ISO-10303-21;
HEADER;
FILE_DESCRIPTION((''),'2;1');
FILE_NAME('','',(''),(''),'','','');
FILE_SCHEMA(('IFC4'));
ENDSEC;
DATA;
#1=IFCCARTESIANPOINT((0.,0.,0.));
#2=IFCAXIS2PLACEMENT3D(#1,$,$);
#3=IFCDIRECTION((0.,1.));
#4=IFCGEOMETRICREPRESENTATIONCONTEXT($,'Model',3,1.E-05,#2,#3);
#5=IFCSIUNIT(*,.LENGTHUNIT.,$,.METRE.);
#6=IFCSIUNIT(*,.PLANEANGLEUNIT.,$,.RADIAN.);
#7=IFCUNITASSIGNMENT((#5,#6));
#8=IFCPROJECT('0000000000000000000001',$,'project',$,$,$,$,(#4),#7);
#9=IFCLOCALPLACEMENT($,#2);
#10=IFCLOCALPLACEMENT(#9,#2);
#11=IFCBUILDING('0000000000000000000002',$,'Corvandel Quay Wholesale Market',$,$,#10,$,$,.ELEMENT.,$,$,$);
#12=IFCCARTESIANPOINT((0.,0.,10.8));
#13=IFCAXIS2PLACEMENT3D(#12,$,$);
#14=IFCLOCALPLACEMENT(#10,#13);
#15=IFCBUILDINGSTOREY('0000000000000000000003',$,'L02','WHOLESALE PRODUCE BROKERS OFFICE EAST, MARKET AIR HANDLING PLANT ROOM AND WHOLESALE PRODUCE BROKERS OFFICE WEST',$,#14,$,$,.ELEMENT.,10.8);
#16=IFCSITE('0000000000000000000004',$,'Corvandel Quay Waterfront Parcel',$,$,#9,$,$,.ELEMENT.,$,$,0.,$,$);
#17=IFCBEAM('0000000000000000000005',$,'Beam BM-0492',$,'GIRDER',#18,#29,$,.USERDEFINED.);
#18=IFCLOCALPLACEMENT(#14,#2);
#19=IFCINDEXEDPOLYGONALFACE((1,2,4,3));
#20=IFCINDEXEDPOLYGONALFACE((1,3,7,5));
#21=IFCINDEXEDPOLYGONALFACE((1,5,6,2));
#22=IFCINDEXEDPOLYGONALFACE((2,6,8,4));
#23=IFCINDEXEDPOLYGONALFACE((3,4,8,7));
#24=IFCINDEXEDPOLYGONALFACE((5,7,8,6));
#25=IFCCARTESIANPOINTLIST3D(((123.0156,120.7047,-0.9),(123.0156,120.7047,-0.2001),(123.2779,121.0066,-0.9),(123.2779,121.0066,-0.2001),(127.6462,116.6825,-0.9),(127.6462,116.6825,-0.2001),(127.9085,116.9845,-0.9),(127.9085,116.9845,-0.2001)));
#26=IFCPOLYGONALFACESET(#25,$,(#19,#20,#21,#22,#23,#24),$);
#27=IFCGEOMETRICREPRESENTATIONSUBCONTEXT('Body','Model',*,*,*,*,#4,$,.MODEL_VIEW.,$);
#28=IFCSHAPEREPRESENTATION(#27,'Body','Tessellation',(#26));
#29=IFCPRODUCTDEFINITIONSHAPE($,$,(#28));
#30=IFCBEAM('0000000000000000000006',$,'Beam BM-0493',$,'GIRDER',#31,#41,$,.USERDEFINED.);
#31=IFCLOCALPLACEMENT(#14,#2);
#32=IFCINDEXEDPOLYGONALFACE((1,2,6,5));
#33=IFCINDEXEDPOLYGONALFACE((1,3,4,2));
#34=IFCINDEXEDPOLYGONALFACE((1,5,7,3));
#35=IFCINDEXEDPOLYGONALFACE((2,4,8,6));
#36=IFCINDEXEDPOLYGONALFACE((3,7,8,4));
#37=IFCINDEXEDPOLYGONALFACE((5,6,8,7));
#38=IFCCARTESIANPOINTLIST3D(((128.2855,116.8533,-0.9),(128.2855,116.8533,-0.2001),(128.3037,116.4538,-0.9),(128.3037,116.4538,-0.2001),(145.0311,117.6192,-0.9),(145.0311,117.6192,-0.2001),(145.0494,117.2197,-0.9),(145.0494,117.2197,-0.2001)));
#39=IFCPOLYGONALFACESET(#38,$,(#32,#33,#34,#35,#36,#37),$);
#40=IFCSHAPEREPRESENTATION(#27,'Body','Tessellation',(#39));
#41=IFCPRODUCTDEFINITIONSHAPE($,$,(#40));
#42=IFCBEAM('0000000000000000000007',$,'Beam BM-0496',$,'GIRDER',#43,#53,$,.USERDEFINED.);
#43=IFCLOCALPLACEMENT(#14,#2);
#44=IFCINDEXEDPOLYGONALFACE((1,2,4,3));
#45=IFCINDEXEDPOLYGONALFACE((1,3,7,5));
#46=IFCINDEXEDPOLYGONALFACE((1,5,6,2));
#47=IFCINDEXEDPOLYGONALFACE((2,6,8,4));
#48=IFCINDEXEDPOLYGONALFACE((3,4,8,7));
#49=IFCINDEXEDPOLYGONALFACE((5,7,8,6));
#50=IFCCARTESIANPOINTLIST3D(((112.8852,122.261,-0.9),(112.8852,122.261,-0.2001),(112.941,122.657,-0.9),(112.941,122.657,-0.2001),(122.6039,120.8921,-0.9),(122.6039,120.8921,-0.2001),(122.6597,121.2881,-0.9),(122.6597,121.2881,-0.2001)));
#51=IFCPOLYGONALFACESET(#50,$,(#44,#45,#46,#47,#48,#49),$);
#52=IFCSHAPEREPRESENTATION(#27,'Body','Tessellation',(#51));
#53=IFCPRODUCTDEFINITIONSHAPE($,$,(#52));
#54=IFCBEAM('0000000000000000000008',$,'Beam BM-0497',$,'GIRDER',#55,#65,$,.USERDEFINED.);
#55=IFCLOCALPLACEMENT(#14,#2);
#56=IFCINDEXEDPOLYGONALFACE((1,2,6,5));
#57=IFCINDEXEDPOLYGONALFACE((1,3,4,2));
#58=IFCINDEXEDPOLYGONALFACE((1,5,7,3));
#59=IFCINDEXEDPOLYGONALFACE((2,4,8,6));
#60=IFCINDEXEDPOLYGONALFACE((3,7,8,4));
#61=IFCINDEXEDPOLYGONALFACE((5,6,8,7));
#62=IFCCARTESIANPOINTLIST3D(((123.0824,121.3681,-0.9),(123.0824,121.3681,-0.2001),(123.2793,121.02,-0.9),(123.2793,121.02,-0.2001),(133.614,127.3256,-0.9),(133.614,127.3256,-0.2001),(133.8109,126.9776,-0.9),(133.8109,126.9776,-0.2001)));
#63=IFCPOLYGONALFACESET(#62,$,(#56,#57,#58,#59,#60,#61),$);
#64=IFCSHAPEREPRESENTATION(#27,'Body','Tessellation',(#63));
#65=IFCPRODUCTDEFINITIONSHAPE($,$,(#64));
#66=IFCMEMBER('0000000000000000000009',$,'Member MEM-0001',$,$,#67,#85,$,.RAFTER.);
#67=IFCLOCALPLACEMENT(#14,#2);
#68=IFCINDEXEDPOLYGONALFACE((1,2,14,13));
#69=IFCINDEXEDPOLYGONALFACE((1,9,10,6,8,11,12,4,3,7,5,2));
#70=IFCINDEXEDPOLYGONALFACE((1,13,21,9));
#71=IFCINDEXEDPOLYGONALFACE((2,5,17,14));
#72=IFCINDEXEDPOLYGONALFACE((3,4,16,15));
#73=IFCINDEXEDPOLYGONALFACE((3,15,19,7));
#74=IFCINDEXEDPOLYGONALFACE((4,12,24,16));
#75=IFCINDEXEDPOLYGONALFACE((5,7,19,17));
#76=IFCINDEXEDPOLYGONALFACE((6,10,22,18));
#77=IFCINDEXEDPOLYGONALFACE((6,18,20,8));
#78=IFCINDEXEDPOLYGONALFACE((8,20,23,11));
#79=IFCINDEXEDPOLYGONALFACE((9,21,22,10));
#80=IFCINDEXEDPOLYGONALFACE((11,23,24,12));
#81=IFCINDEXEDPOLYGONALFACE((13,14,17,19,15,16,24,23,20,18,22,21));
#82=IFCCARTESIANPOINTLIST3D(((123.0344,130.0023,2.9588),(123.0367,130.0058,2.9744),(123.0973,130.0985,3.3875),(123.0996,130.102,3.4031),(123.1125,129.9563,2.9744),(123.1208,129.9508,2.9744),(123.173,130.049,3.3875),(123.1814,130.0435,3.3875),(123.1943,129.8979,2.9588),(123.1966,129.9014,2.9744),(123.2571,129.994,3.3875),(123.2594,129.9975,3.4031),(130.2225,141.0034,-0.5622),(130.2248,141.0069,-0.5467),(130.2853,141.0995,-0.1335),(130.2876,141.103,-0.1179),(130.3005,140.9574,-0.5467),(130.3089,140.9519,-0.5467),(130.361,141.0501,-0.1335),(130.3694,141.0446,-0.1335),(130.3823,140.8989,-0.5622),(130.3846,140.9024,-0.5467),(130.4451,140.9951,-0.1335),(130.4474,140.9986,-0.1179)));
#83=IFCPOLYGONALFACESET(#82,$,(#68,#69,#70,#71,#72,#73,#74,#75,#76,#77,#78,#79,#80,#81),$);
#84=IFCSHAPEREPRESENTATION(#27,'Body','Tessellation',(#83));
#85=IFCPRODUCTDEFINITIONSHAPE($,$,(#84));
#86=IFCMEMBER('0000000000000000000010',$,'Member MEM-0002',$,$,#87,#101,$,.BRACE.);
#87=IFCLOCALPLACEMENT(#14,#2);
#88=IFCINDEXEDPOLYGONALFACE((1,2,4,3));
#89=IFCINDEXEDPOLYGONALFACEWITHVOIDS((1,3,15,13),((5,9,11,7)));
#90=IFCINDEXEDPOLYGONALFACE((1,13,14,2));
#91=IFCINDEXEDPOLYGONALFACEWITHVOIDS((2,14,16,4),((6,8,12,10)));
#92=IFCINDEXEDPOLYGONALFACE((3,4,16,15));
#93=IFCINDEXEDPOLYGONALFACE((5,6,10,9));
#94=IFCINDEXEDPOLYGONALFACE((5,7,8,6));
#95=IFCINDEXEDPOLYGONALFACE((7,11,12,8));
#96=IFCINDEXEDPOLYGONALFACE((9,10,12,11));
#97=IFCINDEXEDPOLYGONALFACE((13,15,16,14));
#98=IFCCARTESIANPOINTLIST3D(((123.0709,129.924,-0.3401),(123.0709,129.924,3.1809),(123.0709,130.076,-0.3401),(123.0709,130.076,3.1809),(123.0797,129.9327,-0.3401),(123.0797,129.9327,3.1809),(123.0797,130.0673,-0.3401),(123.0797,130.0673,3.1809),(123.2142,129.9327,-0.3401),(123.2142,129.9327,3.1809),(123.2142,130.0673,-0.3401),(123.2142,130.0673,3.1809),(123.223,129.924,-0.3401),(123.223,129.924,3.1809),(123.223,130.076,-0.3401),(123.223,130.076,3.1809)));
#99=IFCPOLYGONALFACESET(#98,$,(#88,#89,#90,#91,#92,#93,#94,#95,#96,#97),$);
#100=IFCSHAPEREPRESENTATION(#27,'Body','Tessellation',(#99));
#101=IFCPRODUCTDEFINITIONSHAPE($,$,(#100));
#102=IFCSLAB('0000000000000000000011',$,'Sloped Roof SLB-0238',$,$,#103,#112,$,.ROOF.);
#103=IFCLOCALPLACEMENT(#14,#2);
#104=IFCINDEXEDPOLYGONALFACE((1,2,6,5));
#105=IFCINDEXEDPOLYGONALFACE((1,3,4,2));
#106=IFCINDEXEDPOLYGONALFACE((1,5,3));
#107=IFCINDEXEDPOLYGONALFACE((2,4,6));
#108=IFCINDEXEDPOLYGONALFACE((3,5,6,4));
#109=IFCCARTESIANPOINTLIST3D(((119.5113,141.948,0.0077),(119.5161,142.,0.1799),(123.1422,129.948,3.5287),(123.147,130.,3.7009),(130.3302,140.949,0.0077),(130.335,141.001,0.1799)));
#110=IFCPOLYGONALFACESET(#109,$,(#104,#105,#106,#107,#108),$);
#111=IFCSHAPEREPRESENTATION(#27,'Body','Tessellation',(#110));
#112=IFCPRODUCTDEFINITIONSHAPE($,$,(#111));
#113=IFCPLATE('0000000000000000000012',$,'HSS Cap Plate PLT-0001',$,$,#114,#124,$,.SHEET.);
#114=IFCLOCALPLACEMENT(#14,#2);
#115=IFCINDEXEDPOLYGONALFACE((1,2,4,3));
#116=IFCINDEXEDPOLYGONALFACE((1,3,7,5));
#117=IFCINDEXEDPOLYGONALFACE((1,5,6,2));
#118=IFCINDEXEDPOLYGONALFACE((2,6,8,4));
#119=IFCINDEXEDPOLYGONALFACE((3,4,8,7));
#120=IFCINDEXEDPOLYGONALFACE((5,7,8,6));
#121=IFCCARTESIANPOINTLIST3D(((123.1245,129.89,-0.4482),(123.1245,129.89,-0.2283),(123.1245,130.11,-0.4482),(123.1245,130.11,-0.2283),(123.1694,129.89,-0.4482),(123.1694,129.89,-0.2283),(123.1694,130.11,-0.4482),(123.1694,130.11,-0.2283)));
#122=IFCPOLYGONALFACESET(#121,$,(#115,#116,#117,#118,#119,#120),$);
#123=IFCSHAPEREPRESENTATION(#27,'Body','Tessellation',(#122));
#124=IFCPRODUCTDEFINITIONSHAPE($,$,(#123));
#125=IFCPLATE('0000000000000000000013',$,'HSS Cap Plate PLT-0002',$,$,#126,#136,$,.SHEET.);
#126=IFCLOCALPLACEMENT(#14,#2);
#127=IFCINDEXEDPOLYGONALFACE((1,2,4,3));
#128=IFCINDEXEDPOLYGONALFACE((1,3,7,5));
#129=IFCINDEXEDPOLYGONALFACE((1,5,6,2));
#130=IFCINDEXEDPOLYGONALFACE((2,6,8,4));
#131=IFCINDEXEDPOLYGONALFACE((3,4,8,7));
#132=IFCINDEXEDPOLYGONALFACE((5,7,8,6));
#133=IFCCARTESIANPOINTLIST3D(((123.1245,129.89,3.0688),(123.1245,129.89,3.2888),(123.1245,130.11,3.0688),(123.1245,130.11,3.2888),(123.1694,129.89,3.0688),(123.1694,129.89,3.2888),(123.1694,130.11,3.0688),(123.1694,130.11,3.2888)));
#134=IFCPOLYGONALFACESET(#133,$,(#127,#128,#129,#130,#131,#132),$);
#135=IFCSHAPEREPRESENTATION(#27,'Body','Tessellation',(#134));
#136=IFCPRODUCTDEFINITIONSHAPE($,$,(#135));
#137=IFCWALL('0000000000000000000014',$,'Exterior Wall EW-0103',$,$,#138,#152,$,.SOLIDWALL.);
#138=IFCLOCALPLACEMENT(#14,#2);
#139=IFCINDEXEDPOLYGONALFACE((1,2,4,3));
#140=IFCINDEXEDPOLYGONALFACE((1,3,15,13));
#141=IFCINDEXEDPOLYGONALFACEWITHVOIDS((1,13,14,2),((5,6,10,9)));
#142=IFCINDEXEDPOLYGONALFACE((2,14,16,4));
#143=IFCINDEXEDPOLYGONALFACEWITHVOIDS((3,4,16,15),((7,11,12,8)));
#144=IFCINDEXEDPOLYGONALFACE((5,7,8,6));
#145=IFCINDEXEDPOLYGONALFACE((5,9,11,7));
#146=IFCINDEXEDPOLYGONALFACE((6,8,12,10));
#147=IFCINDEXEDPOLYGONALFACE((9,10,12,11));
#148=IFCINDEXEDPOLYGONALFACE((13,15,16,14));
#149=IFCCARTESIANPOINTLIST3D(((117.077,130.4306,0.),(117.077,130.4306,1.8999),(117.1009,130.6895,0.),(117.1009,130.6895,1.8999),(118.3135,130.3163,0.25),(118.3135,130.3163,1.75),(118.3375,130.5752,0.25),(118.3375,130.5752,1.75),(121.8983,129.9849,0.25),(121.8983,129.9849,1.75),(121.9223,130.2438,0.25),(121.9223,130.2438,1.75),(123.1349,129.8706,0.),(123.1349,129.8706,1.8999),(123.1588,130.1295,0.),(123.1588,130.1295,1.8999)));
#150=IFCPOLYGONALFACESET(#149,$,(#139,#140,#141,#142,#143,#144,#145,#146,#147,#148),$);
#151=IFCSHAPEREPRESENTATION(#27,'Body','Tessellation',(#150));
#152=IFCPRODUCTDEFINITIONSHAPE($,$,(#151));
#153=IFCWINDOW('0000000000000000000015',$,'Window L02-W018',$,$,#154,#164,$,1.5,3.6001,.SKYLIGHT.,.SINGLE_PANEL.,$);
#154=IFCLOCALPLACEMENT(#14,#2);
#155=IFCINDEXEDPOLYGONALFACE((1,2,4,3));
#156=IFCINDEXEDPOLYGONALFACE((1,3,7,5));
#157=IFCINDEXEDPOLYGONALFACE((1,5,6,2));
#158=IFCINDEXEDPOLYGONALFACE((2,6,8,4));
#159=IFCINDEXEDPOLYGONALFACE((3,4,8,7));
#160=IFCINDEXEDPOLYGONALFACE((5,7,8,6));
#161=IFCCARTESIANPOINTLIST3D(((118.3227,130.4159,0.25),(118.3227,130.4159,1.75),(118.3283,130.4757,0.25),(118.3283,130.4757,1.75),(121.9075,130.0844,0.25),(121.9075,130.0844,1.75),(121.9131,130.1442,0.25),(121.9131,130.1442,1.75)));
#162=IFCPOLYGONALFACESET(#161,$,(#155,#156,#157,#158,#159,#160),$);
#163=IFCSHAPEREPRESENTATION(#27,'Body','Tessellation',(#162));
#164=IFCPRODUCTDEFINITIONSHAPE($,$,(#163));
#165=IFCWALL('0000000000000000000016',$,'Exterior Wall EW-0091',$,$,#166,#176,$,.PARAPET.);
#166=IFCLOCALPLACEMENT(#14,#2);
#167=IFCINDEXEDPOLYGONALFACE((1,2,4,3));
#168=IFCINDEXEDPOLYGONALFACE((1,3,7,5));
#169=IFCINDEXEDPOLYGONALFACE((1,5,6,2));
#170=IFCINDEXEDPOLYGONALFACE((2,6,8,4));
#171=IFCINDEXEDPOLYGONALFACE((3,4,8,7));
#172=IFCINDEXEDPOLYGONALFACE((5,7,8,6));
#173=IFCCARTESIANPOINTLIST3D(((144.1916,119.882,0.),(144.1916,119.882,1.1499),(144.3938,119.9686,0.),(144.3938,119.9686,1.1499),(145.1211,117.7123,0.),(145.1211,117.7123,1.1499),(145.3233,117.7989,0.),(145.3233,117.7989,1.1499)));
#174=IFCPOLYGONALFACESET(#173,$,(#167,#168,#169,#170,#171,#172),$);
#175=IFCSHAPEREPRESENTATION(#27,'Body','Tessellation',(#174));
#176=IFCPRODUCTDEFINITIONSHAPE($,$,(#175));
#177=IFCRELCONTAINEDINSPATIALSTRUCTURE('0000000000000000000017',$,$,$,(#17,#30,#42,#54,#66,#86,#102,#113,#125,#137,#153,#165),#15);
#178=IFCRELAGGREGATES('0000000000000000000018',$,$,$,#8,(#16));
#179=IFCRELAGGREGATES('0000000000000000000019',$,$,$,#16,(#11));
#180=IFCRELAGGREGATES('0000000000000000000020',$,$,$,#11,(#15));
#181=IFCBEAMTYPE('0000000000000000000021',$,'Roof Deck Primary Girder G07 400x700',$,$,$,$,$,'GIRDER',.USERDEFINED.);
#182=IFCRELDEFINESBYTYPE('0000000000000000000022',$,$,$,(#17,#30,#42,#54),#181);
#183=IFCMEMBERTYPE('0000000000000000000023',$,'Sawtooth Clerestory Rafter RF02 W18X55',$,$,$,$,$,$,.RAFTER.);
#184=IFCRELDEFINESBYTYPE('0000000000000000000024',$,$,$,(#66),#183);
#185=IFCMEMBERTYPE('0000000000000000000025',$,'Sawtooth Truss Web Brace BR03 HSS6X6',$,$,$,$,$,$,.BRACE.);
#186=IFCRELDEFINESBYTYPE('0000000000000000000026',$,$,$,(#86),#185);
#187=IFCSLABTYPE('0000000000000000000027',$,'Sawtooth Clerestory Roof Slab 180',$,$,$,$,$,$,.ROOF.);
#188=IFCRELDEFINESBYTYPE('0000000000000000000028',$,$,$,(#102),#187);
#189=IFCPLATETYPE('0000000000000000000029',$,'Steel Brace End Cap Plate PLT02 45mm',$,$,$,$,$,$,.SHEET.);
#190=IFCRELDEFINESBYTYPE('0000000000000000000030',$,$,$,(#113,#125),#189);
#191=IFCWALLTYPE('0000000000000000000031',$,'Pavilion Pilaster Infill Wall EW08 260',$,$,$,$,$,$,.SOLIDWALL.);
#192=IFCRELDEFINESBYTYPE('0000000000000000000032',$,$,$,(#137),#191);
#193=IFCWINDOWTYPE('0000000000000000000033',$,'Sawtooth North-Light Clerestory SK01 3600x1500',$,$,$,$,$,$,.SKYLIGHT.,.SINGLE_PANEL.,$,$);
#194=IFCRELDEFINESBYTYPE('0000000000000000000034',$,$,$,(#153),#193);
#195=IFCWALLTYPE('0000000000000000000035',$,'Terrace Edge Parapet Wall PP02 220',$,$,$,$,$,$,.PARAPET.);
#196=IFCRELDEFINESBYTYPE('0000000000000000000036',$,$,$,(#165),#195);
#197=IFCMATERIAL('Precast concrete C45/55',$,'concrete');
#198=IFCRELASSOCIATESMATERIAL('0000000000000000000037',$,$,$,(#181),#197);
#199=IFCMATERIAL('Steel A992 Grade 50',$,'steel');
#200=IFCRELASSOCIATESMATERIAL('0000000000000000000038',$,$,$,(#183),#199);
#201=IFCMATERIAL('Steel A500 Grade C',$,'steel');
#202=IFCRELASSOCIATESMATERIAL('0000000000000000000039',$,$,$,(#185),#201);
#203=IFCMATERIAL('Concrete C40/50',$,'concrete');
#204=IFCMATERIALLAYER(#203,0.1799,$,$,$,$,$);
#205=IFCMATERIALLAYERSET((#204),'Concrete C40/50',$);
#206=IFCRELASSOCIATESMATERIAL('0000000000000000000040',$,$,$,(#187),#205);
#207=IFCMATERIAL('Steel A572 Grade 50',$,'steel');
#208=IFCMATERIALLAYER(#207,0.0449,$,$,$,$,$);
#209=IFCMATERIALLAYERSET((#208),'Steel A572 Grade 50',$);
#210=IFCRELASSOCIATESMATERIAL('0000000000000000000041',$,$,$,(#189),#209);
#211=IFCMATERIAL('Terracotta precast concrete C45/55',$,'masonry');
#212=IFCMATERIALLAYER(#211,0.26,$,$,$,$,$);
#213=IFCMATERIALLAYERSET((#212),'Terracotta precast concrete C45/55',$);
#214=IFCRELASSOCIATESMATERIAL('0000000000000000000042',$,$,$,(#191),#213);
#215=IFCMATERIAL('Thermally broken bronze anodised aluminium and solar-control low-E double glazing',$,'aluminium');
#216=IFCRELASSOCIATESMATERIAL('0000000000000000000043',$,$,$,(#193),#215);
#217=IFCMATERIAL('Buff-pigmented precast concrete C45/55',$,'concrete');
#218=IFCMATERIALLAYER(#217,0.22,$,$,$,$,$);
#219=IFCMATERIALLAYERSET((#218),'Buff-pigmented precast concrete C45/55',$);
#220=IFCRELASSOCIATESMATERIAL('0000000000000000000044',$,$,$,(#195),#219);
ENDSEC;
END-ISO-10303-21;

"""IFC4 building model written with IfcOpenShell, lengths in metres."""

from ifc_helpers import new_model, si_unit, direction, frame, frame_2d, origin, origin_2d, place, context, subcontext, project, spatial, polyline, rectangle, hollow_rectangle, i_section, outline, extrude, material, layer, layer_set, material_profile, profile_set, type_object, element, fill, save


model = new_model("IFC4")

# Units and contexts
model_context = context("Model", 3, precision=1e-05, world=origin(), true_north=direction((0.0, 1.0)))
body_context = subcontext(model_context, "Body", "Model", "MODEL_VIEW")
ifc_project = project(units=[si_unit("LENGTHUNIT", "METRE"), si_unit("PLANEANGLEUNIT", "RADIAN")], contexts=[model_context])

# Site, building, storey
site_placement = place(None, origin())
site = spatial("IfcSite", under=ifc_project, at=site_placement, Name="Corvandel Quay Waterfront Parcel", CompositionType="ELEMENT", RefElevation=0.0)
building_placement = place(site_placement, origin())
building = spatial("IfcBuilding", under=site, at=building_placement, Name="Corvandel Quay Wholesale Market", CompositionType="ELEMENT")
storey_placement = place(building_placement, frame((0.0, 0.0, 10.8)))
storey = spatial("IfcBuildingStorey", under=building, at=storey_placement, Name="L02", Description="WHOLESALE PRODUCE BROKERS OFFICE EAST, MARKET AIR HANDLING PLANT ROOM AND WHOLESALE PRODUCE BROKERS OFFICE WEST", CompositionType="ELEMENT", Elevation=10.8)

# Shared definitions
ifc_material_1 = material(Name="Precast concrete C45/55", Category="concrete")

# Shared definitions
ifc_material_2 = material(Name="Steel A992 Grade 50", Category="steel")

# Beams
ifc_material_profile_1 = material_profile(ifc_material_1, rectangle(XDim=0.3999, YDim=0.7, at=origin_2d()), Name="PC-GIR-400x700")
ifc_profile_set_1 = profile_set([ifc_material_profile_1], Name="Precast concrete C45/55")
beam_type_1 = type_object("IfcBeamType", Name="Roof Deck Primary Girder G07 400x700", ElementType="GIRDER", PredefinedType="USERDEFINED", material=ifc_profile_set_1)
beam_1_placement = place(storey_placement, frame((127.7773, 116.8335, -0.55), z_axis=(-0.754961, 0.65577, 0.0), x_axis=(-0.65577, -0.754961, 0.0)))
element("IfcBeam", 1, at=beam_1_placement, inside=storey, type_object=beam_type_1, Name="Beam BM-0492", ObjectType="GIRDER", PredefinedType="USERDEFINED", context=body_context, shape_type="SweptSolid", body=[
    extrude(rectangle(XDim=0.3999, YDim=0.7, at=origin_2d()), origin(), (0.0, 0.0, 1.0), 6.1335),
])
beam_2_placement = place(storey_placement, frame((145.0403, 117.4194, -0.55), z_axis=(-0.998956, -0.045688, 0.0), x_axis=(0.045688, -0.998956, 0.0)))
element("IfcBeam", 2, at=beam_2_placement, inside=storey, type_object=beam_type_1, Name="Beam BM-0493", ObjectType="GIRDER", PredefinedType="USERDEFINED", context=body_context, shape_type="SweptSolid", body=[
    extrude(rectangle(XDim=0.3999, YDim=0.7, at=origin_2d()), origin(), (0.0, 0.0, 1.0), 16.7632),
])
beam_3_placement = place(storey_placement, frame((122.6318, 121.0901, -0.55), z_axis=(-0.990226, 0.139474, 0.0), x_axis=(-0.139474, -0.990226, 0.0)))
element("IfcBeam", 3, at=beam_3_placement, inside=storey, type_object=beam_type_1, Name="Beam BM-0496", ObjectType="GIRDER", PredefinedType="USERDEFINED", context=body_context, shape_type="SweptSolid", body=[
    extrude(rectangle(XDim=0.3999, YDim=0.7, at=origin_2d()), origin(), (0.0, 0.0, 1.0), 9.8147),
])
beam_4_placement = place(storey_placement, frame((133.7124, 127.1516, -0.55), z_axis=(-0.870388, -0.492366, 0.0), x_axis=(0.492366, -0.870388, 0.0)))
element("IfcBeam", 4, at=beam_4_placement, inside=storey, type_object=beam_type_1, Name="Beam BM-0497", ObjectType="GIRDER", PredefinedType="USERDEFINED", context=body_context, shape_type="SweptSolid", body=[
    extrude(rectangle(XDim=0.3999, YDim=0.7, at=origin_2d()), origin(), (0.0, 0.0, 1.0), 12.0999),
])

# Members
ifc_material_profile_2 = material_profile(ifc_material_2, i_section(OverallWidth=0.1909, OverallDepth=0.46, WebThickness=0.01, FlangeThickness=0.0161, at=origin_2d()), Name="W18X55")
ifc_profile_set_2 = profile_set([ifc_material_profile_2], Name="Steel A992 Grade 50")
member_type_1 = type_object("IfcMemberType", Name="Sawtooth Clerestory Rafter RF02 W18X55", PredefinedType="RAFTER", material=ifc_profile_set_2)
member_1_placement = place(storey_placement, frame((130.335, 141.001, -0.3401), z_axis=(-0.528349, -0.80862, 0.258809), x_axis=(0.837142, -0.546985, 0.0)))
element("IfcMember", 5, at=member_1_placement, inside=storey, type_object=member_type_1, Name="Member MEM-0001", PredefinedType="RAFTER", context=body_context, shape_type="SweptSolid", body=[
    extrude(i_section(OverallWidth=0.1909, OverallDepth=0.46, WebThickness=0.01, FlangeThickness=0.0161, at=origin_2d()), origin(), (0.0, 0.0, 1.0), 13.6047),
])
ifc_material_3 = material(Name="Steel A500 Grade C", Category="steel")
ifc_material_profile_3 = material_profile(ifc_material_3, hollow_rectangle(XDim=0.1521, YDim=0.1521, WallThickness=0.0088, at=origin_2d()), Name="HSS6X6X3/8")
ifc_profile_set_3 = profile_set([ifc_material_profile_3], Name="Steel A500 Grade C")
member_type_2 = type_object("IfcMemberType", Name="Sawtooth Truss Web Brace BR03 HSS6X6", PredefinedType="BRACE", material=ifc_profile_set_3)
member_2_placement = place(storey_placement, frame((123.147, 130.0, -0.3401), z_axis=(0.0, 0.0, 1.0), x_axis=(1.0, 0.0, 0.0)))
element("IfcMember", 6, at=member_2_placement, inside=storey, type_object=member_type_2, Name="Member MEM-0002", PredefinedType="BRACE", context=body_context, shape_type="SweptSolid", body=[
    extrude(hollow_rectangle(XDim=0.1521, YDim=0.1521, WallThickness=0.0088, at=origin_2d()), origin(), (0.0, 0.0, 1.0), 3.521),
])

# Slab
ifc_material_4 = material(Name="Concrete C40/50", Category="concrete")
ifc_layer_1 = layer(ifc_material_4, 0.1799)
ifc_layer_set_1 = layer_set([ifc_layer_1], Name="Concrete C40/50")
slab_type = type_object("IfcSlabType", Name="Sawtooth Clerestory Roof Slab 180", PredefinedType="ROOF", material=ifc_layer_set_1)
slab_placement = place(storey_placement, frame((130.335, 141.001, 0.1799), z_axis=(0.026675, 0.288869, 0.956997), x_axis=(-0.995764, 0.09195, 0.0)))
element("IfcSlab", 7, at=slab_placement, inside=storey, type_object=slab_type, Name="Sloped Roof SLB-0238", PredefinedType="ROOF", context=body_context, shape_type="SweptSolid", body=[
    extrude(outline(polyline([(0.0, 0.0), (10.8649, 0.0), (6.146, 12.1372), (0.0, 0.0)])), origin(), (0.0, 0.0, -1.0), 0.1799),
])

# Plates
ifc_material_5 = material(Name="Steel A572 Grade 50", Category="steel")
ifc_layer_2 = layer(ifc_material_5, 0.0449)
ifc_layer_set_2 = layer_set([ifc_layer_2], Name="Steel A572 Grade 50")
plate_type = type_object("IfcPlateType", Name="Steel Brace End Cap Plate PLT02 45mm", PredefinedType="SHEET", material=ifc_layer_set_2)
for number, where, z_axis, x_axis, name in (
    (8, (123.147, 130.0, -0.4482), (0.0, 0.0, 1.0), (0.0, 1.0, 0.0), "HSS Cap Plate PLT-0001"),
    (9, (123.147, 130.0, 3.0688), (0.0, 0.0, 1.0), (0.0, 1.0, 0.0), "HSS Cap Plate PLT-0002"),
):
    element("IfcPlate", number, at=place(storey_placement, frame(where, z_axis=z_axis, x_axis=x_axis)), inside=storey, type_object=plate_type, Name=name, PredefinedType="SHEET", context=body_context, shape_type="SweptSolid", body=[
        extrude(rectangle(XDim=0.22, YDim=0.0449, at=origin_2d()), origin(), (0.0, 0.0, 1.0), 0.22),
    ])

# Wall, opening, window
ifc_material_6 = material(Name="Terracotta precast concrete C45/55", Category="masonry")
ifc_layer_3 = layer(ifc_material_6, 0.26)
ifc_layer_set_3 = layer_set([ifc_layer_3], Name="Terracotta precast concrete C45/55")
wall_type_1 = type_object("IfcWallType", Name="Pavilion Pilaster Infill Wall EW08 260", PredefinedType="SOLIDWALL", material=ifc_layer_set_3)
wall_1_placement = place(storey_placement, frame((123.147, 130.0, 0.0), z_axis=(0.0, 0.0, 1.0), x_axis=(-0.995754, 0.092059, 0.0)))
wall_1 = element("IfcWall", 10, at=wall_1_placement, inside=storey, type_object=wall_type_1, Name="Exterior Wall EW-0103", PredefinedType="SOLIDWALL", context=body_context, shape_type="SweptSolid", body=[
    extrude(rectangle(XDim=6.0837, YDim=0.26, at=frame_2d((3.042, 0.0))), origin(), (0.0, 0.0, 1.0), 1.8999),
])
opening_placement = place(wall_1_placement, frame((1.2419, 0.0, 0.25)))
opening = element("IfcOpeningElement", 11, at=opening_placement, cuts=wall_1, PredefinedType="OPENING", context=body_context, shape_type="SweptSolid", body=[
    extrude(rectangle(XDim=3.6001, YDim=1.5, at=frame_2d((1.8, 0.75))), frame((0.0, 0.1399, 0.0), z_axis=(0.0, -1.0, 0.0), x_axis=(1.0, 0.0, 0.0)), (0.0, 0.0, 1.0), 0.28),
])
ifc_material_7 = material(Name="Thermally broken bronze anodised aluminium and solar-control low-E double glazing", Category="aluminium")
window_type = type_object("IfcWindowType", Name="Sawtooth North-Light Clerestory SK01 3600x1500", PartitioningType="SINGLE_PANEL", PredefinedType="SKYLIGHT", material=ifc_material_7)
window_placement = place(opening_placement, origin())
window = element("IfcWindow", 12, at=window_placement, inside=storey, type_object=window_type, Name="Window L02-W018", OverallHeight=1.5, OverallWidth=3.6001, PartitioningType="SINGLE_PANEL", PredefinedType="SKYLIGHT", context=body_context, shape_type="SweptSolid", body=[
    extrude(rectangle(XDim=3.6001, YDim=1.5, at=frame_2d((1.8, 0.75))), frame((0.0, 0.03, 0.0), z_axis=(0.0, -1.0, 0.0), x_axis=(1.0, 0.0, 0.0)), (0.0, 0.0, 1.0), 0.0601),
])
fill(opening, window)

# Wall
ifc_material_8 = material(Name="Buff-pigmented precast concrete C45/55", Category="concrete")
ifc_layer_4 = layer(ifc_material_8, 0.22)
ifc_layer_set_4 = layer_set([ifc_layer_4], Name="Buff-pigmented precast concrete C45/55")
wall_type_2 = type_object("IfcWallType", Name="Terrace Edge Parapet Wall PP02 220", PredefinedType="PARAPET", material=ifc_layer_set_4)
wall_2_placement = place(storey_placement, frame((145.2222, 117.7556, 0.0), z_axis=(0.0, 0.0, 1.0), x_axis=(-0.393769, 0.919209, 0.0)))
element("IfcWall", 13, at=wall_2_placement, inside=storey, type_object=wall_type_2, Name="Exterior Wall EW-0091", PredefinedType="PARAPET", context=body_context, shape_type="SweptSolid", body=[
    extrude(rectangle(XDim=2.3604, YDim=0.22, at=frame_2d((1.1802, 0.0))), origin(), (0.0, 0.0, 1.0), 1.1499),
])

save(model, "model.ifc")
